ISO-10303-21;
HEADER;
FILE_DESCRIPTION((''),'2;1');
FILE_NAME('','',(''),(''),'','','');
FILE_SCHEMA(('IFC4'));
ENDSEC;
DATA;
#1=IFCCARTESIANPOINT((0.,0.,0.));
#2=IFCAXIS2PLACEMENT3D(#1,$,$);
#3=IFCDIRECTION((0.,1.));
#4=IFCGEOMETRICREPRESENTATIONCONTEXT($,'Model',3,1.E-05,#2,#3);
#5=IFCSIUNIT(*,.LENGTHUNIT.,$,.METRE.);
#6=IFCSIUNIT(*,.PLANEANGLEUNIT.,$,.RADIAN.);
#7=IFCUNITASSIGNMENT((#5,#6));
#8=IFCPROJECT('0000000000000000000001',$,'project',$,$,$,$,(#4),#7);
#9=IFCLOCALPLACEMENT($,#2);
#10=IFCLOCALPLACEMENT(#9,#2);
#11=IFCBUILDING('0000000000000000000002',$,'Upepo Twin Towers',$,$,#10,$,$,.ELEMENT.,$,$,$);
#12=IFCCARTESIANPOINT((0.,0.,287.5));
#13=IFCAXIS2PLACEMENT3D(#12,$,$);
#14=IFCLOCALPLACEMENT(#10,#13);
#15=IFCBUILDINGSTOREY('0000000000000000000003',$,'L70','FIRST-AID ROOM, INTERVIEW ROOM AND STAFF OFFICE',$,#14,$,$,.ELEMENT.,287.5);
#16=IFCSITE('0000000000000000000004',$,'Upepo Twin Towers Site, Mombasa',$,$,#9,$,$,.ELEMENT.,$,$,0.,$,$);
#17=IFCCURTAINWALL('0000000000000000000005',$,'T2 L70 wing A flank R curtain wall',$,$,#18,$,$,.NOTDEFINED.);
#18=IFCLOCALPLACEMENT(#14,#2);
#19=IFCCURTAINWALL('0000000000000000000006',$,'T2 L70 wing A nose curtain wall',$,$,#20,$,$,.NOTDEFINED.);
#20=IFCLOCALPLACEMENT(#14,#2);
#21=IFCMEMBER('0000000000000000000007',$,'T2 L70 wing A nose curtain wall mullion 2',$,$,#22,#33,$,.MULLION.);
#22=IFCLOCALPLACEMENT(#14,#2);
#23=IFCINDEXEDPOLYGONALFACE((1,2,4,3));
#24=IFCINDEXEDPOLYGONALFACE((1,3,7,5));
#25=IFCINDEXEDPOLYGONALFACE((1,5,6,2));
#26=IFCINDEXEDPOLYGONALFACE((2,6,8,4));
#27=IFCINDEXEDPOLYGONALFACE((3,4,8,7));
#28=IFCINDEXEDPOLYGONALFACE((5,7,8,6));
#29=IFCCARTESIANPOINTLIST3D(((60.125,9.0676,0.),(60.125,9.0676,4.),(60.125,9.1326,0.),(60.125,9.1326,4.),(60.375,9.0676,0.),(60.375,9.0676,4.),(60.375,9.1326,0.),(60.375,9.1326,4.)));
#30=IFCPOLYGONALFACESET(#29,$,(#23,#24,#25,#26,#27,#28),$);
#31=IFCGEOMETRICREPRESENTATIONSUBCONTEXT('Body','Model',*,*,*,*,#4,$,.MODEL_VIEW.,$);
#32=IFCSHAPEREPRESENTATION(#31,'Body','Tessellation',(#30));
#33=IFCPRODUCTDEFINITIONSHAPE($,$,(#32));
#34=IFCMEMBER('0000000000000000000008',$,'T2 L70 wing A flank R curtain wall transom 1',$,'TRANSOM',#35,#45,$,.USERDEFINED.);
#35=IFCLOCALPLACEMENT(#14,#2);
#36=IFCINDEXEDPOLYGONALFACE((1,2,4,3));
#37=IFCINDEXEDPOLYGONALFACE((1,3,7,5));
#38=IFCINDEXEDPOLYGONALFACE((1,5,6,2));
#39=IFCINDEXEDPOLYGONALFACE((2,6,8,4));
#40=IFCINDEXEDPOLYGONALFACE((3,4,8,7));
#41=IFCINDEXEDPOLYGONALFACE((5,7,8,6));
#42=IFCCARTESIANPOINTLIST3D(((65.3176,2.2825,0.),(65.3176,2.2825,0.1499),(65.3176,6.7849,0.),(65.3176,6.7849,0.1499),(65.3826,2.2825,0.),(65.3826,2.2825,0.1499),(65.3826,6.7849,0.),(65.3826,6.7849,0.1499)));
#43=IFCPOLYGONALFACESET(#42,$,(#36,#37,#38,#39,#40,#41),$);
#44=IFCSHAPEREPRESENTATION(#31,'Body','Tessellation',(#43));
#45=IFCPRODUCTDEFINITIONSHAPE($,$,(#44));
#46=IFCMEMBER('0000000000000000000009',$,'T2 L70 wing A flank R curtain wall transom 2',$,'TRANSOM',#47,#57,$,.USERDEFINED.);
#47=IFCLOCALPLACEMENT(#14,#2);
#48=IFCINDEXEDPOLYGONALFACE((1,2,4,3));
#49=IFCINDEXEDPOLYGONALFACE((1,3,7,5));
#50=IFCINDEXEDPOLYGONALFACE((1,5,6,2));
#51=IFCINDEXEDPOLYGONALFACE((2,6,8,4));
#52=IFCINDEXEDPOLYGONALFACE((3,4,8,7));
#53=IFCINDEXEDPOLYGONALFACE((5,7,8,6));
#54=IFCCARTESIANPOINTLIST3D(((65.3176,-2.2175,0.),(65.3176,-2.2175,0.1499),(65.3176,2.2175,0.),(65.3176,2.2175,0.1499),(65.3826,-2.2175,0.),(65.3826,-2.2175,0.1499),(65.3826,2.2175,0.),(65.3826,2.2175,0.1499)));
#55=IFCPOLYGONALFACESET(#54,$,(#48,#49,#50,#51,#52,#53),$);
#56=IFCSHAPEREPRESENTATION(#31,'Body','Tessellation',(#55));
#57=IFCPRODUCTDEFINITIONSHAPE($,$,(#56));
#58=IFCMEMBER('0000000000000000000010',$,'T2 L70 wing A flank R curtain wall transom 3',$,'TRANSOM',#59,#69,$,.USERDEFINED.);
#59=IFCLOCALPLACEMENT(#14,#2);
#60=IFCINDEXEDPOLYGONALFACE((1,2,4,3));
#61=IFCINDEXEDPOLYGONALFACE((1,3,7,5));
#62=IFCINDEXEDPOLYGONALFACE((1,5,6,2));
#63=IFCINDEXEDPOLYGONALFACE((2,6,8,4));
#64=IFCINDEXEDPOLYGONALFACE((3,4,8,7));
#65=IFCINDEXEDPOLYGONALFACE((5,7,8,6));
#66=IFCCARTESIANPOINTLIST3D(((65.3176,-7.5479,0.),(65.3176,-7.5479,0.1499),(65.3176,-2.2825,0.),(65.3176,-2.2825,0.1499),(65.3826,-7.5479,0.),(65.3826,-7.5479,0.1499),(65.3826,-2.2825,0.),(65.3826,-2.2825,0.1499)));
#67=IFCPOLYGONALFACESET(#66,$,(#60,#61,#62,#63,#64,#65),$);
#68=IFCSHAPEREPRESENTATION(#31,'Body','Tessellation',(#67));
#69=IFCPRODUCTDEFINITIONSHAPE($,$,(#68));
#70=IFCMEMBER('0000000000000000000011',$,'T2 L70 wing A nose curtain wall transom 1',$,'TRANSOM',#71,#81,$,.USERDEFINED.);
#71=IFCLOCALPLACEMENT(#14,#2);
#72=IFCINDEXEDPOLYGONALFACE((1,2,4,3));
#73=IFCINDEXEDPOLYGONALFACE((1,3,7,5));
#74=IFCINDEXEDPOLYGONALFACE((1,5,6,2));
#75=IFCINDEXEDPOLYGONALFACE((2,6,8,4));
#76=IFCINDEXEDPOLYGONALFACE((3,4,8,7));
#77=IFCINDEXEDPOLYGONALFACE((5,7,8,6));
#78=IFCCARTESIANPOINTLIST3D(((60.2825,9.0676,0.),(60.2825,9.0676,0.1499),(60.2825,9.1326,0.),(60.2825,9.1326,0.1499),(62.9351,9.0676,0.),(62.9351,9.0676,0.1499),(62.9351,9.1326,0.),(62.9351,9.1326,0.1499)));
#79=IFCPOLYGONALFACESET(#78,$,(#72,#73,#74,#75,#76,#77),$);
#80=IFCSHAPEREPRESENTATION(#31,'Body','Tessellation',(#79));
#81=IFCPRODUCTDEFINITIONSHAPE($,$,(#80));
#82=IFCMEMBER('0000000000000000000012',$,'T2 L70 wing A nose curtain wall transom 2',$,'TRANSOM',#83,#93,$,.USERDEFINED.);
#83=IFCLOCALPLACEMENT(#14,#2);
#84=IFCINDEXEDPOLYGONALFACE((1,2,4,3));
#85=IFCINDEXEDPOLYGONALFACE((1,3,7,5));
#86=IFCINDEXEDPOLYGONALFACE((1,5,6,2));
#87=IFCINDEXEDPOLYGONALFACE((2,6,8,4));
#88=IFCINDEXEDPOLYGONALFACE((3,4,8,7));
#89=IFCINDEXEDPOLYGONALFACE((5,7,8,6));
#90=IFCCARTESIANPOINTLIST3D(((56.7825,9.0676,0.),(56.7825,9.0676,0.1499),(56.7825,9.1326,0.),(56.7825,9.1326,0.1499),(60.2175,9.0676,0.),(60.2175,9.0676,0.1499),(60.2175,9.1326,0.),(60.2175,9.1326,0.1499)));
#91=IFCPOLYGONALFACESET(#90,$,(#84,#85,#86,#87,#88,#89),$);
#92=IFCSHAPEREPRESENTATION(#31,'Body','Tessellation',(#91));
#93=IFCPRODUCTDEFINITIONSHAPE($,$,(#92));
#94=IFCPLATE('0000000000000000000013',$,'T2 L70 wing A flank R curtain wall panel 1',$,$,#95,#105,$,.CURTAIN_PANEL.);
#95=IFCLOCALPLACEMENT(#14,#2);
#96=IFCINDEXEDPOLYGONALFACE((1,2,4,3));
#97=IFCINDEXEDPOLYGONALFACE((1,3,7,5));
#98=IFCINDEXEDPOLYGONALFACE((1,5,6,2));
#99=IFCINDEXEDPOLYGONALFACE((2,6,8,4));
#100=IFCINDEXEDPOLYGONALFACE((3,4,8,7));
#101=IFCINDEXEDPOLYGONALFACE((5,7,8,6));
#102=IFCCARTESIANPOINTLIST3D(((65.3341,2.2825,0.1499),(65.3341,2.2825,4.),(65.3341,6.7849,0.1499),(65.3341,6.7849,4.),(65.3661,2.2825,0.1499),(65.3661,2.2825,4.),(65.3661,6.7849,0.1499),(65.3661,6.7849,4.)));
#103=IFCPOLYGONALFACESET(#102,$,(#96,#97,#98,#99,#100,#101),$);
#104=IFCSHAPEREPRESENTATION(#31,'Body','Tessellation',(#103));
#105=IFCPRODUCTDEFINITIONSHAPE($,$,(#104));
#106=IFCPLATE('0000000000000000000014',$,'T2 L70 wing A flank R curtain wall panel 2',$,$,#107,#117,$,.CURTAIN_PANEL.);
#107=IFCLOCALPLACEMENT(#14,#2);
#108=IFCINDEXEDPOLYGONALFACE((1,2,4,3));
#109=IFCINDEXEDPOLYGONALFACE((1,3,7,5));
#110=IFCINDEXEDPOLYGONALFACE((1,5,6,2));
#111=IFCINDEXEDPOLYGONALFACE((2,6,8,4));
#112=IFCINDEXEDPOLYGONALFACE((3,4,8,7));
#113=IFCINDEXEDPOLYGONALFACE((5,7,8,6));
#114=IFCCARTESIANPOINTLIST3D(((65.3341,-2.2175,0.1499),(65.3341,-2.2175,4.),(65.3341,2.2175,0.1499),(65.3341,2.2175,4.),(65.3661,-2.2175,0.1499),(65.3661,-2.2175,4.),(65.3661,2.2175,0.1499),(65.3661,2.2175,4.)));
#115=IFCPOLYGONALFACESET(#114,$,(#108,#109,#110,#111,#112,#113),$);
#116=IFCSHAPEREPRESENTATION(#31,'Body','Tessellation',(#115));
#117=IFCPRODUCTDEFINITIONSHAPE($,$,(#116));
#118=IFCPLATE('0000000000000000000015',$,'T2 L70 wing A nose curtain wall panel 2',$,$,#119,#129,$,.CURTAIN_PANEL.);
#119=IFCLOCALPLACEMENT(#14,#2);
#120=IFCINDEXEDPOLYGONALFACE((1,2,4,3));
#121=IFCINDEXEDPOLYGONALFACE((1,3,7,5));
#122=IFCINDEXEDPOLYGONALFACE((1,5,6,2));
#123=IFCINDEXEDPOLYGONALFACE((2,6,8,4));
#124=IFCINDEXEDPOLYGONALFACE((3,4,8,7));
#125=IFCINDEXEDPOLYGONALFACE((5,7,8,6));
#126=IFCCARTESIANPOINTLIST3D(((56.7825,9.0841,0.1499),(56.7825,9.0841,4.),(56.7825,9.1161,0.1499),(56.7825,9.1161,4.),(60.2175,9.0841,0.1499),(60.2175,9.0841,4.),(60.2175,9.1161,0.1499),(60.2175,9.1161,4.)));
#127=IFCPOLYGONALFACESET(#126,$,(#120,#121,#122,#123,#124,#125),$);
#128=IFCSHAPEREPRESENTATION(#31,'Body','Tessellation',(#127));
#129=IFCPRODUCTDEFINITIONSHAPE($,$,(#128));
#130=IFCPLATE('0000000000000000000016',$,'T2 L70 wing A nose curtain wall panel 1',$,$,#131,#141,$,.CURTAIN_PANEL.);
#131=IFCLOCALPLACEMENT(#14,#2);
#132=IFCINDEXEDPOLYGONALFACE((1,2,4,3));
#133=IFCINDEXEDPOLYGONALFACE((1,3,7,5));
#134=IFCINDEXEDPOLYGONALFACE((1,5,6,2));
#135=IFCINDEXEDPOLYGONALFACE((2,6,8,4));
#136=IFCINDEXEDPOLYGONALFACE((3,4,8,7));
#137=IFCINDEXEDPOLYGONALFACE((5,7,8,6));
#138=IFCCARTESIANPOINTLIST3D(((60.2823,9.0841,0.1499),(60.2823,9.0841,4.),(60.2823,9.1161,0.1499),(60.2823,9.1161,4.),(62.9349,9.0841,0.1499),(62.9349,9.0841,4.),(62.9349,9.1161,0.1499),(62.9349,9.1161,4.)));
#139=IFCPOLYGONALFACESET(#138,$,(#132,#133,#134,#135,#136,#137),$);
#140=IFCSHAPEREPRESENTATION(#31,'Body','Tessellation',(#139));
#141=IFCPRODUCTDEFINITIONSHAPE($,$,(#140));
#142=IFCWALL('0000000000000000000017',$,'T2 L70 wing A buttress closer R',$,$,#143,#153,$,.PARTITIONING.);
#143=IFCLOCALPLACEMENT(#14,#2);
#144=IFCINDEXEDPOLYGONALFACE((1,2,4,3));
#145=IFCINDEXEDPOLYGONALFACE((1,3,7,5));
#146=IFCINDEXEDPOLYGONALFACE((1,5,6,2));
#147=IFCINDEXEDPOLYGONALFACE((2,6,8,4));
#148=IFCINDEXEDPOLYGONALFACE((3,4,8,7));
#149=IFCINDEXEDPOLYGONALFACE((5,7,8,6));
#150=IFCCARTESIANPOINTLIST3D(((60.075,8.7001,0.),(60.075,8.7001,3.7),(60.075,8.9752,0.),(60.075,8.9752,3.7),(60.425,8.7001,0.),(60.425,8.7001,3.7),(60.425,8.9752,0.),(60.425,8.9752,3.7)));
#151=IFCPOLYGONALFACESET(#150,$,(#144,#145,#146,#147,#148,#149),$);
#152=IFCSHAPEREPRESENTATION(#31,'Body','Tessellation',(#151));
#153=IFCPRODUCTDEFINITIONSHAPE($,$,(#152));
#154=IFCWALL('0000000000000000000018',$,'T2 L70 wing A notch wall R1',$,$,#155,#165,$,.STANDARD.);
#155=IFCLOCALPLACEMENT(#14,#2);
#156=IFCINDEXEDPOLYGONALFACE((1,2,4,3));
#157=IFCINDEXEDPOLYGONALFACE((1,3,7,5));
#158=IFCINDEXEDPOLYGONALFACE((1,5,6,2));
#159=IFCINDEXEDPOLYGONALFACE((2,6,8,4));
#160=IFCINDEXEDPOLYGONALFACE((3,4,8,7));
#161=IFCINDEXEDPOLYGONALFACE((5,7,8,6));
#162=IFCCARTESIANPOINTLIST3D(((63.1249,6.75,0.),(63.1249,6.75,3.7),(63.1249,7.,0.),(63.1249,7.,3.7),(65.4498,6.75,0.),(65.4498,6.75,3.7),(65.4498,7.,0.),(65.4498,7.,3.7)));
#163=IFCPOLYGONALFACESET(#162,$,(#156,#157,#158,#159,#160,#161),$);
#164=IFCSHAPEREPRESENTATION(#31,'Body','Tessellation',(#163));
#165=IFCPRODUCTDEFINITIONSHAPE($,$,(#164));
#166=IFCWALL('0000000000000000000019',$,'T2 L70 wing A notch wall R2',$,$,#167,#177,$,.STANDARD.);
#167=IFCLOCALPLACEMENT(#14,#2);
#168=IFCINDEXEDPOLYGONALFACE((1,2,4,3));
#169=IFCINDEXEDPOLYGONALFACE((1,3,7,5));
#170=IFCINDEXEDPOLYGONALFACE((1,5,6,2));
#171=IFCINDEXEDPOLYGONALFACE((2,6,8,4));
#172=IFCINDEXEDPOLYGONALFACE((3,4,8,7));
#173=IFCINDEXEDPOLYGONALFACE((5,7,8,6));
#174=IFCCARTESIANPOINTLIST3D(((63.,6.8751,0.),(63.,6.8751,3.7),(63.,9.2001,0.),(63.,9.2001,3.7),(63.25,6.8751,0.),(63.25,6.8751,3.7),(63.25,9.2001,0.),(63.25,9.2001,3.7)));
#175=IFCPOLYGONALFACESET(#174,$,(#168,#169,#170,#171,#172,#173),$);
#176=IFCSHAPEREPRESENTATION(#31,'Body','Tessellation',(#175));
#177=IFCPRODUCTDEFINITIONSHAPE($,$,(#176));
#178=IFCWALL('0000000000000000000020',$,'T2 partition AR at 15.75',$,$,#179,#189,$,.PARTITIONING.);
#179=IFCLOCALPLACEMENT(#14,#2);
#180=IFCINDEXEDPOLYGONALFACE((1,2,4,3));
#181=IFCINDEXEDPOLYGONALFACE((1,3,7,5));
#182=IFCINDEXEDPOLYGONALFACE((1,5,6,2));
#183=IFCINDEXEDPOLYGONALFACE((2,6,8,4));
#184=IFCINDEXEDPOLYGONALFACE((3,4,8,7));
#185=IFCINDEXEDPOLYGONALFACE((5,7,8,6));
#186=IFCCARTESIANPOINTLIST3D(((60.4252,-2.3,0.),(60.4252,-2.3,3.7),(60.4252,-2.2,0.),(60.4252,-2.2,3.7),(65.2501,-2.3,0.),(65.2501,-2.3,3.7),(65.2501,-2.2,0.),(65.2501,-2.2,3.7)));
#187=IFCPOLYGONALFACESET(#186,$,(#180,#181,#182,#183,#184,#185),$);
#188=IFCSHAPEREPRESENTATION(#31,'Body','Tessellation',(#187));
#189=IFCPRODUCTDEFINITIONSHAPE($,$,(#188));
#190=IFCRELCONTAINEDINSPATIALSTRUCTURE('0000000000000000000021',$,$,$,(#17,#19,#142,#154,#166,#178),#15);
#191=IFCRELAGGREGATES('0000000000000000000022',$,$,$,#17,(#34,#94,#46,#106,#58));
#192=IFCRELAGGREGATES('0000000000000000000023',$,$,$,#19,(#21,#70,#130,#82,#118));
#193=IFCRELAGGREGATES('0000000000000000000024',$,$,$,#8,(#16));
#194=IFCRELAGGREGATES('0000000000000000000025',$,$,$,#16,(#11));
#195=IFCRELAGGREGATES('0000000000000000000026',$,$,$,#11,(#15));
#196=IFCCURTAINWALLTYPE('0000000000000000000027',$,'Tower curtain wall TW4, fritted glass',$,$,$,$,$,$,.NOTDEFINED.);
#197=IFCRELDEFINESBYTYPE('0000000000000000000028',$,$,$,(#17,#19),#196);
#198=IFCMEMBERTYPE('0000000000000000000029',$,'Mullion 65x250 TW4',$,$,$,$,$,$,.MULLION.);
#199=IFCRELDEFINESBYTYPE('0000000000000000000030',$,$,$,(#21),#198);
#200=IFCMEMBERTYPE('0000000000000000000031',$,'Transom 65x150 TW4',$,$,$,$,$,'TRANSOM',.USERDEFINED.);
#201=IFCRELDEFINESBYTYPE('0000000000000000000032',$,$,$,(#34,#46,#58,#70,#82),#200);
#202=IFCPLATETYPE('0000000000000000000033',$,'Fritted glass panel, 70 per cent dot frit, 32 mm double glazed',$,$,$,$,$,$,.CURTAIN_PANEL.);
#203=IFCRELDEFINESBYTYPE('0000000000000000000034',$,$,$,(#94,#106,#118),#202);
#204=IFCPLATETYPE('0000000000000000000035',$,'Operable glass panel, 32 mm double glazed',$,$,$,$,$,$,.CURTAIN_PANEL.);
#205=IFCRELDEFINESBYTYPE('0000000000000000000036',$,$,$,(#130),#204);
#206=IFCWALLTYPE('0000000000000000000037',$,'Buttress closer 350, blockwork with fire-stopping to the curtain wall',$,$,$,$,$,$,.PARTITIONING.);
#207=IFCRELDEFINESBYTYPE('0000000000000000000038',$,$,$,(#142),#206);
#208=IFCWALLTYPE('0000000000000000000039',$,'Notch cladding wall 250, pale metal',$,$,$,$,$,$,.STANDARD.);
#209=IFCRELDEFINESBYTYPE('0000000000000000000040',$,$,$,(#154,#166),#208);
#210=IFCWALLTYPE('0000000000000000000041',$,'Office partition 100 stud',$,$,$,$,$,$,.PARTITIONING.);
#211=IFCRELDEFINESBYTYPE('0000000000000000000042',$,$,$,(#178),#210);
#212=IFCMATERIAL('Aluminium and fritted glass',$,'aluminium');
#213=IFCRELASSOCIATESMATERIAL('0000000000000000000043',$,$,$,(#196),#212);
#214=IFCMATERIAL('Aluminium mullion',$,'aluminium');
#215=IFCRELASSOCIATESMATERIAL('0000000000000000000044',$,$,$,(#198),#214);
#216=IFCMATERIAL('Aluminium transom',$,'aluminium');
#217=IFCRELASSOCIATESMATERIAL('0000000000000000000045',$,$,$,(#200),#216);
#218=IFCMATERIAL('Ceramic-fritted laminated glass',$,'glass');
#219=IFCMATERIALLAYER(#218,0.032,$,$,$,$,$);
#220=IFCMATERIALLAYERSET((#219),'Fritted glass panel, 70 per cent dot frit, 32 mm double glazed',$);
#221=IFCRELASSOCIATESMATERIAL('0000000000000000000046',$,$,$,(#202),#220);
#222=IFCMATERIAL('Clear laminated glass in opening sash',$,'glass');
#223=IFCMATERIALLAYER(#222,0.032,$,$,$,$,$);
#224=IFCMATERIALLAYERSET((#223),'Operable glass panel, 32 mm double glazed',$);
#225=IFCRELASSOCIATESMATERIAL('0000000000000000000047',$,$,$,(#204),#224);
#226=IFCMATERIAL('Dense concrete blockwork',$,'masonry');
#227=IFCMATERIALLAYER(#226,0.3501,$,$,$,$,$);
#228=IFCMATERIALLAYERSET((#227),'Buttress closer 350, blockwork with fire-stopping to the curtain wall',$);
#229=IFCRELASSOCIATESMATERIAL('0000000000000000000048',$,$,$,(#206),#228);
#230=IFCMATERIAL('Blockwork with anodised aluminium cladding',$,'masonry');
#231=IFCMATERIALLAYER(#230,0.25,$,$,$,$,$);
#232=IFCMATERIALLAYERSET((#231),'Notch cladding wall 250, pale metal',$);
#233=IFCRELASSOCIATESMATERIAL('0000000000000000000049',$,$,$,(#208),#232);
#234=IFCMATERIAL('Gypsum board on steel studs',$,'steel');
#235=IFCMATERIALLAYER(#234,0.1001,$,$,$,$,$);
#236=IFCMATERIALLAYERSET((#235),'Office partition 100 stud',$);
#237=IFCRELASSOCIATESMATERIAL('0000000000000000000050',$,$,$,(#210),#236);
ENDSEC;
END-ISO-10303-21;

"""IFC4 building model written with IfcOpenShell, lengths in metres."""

from ifc_helpers import new_model, si_unit, direction, frame, frame_2d, origin, origin_2d, place, context, subcontext, project, spatial, rectangle, extrude, material, layer, layer_set, material_profile, profile_set, type_object, element, aggregate, save


model = new_model("IFC4")

# Units and contexts
model_context = context("Model", 3, precision=1e-05, world=origin(), true_north=direction((0.0, 1.0)))
body_context = subcontext(model_context, "Body", "Model", "MODEL_VIEW")
ifc_project = project(units=[si_unit("LENGTHUNIT", "METRE"), si_unit("PLANEANGLEUNIT", "RADIAN")], contexts=[model_context])

# Site, building, storey
site_placement = place(None, origin())
site = spatial("IfcSite", under=ifc_project, at=site_placement, Name="Upepo Twin Towers Site, Mombasa", CompositionType="ELEMENT", RefElevation=0.0)
building_placement = place(site_placement, origin())
building = spatial("IfcBuilding", under=site, at=building_placement, Name="Upepo Twin Towers", CompositionType="ELEMENT")
storey_placement = place(building_placement, frame((0.0, 0.0, 287.5)))
storey = spatial("IfcBuildingStorey", under=building, at=storey_placement, Name="L70", Description="FIRST-AID ROOM, INTERVIEW ROOM AND STAFF OFFICE", CompositionType="ELEMENT", Elevation=287.5)

# Curtain walls, member
ifc_material_1 = material(Name="Aluminium and fritted glass", Category="aluminium")
curtain_wall_type = type_object("IfcCurtainWallType", Name="Tower curtain wall TW4, fritted glass", PredefinedType="NOTDEFINED", material=ifc_material_1)
curtain_wall_1_placement = place(storey_placement, origin())
curtain_wall_1 = element("IfcCurtainWall", 1, at=curtain_wall_1_placement, inside=storey, type_object=curtain_wall_type, Name="T2 L70 wing A flank R curtain wall", PredefinedType="NOTDEFINED")
ifc_material_2 = material(Name="Aluminium mullion", Category="aluminium")
ifc_material_profile_1 = material_profile(ifc_material_2, rectangle(XDim=0.0649, YDim=0.25, at=origin_2d()), Name="MULLION 65x250")
ifc_profile_set_1 = profile_set([ifc_material_profile_1], Name="Aluminium mullion")
member_type_1 = type_object("IfcMemberType", Name="Mullion 65x250 TW4", PredefinedType="MULLION", material=ifc_profile_set_1)
curtain_wall_2_placement = place(storey_placement, origin())
curtain_wall_2 = element("IfcCurtainWall", 2, at=curtain_wall_2_placement, inside=storey, type_object=curtain_wall_type, Name="T2 L70 wing A nose curtain wall", PredefinedType="NOTDEFINED")
member_1_placement = place(storey_placement, frame((60.25, 9.1001, 0.0), z_axis=(0.0, 0.0, 1.0), x_axis=(0.0, -1.0, 0.0)))
member_1 = element("IfcMember", 3, at=member_1_placement, type_object=member_type_1, Name="T2 L70 wing A nose curtain wall mullion 2", PredefinedType="MULLION", context=body_context, shape_type="SweptSolid", body=[
    extrude(rectangle(XDim=0.0649, YDim=0.25, at=origin_2d()), origin(), (0.0, 0.0, 1.0), 4.0),
])

# Members
ifc_material_3 = material(Name="Aluminium transom", Category="aluminium")
ifc_material_profile_2 = material_profile(ifc_material_3, rectangle(XDim=0.0649, YDim=0.1499, at=origin_2d()), Name="TRANSOM 65x150")
ifc_profile_set_2 = profile_set([ifc_material_profile_2], Name="Aluminium transom")
member_type_2 = type_object("IfcMemberType", Name="Transom 65x150 TW4", ElementType="TRANSOM", PredefinedType="USERDEFINED", material=ifc_profile_set_2)
member_2_placement = place(storey_placement, frame((65.3501, 6.7849, 0.075), z_axis=(0.0, -1.0, 0.0), x_axis=(1.0, 0.0, 0.0)))
member_2 = element("IfcMember", 4, at=member_2_placement, type_object=member_type_2, Name="T2 L70 wing A flank R curtain wall transom 1", ObjectType="TRANSOM", PredefinedType="USERDEFINED", context=body_context, shape_type="SweptSolid", body=[
    extrude(rectangle(XDim=0.0649, YDim=0.1499, at=origin_2d()), origin(), (0.0, 0.0, 1.0), 4.5024),
])
member_3_placement = place(storey_placement, frame((65.3501, 2.2175, 0.075), z_axis=(0.0, -1.0, 0.0), x_axis=(1.0, 0.0, 0.0)))
member_3 = element("IfcMember", 5, at=member_3_placement, type_object=member_type_2, Name="T2 L70 wing A flank R curtain wall transom 2", ObjectType="TRANSOM", PredefinedType="USERDEFINED", context=body_context, shape_type="SweptSolid", body=[
    extrude(rectangle(XDim=0.0649, YDim=0.1499, at=origin_2d()), origin(), (0.0, 0.0, 1.0), 4.4351),
])
member_4_placement = place(storey_placement, frame((65.3501, -2.2825, 0.075), z_axis=(0.0, -1.0, 0.0), x_axis=(1.0, 0.0, 0.0)))
member_4 = element("IfcMember", 6, at=member_4_placement, type_object=member_type_2, Name="T2 L70 wing A flank R curtain wall transom 3", ObjectType="TRANSOM", PredefinedType="USERDEFINED", context=body_context, shape_type="SweptSolid", body=[
    extrude(rectangle(XDim=0.0649, YDim=0.1499, at=origin_2d()), origin(), (0.0, 0.0, 1.0), 5.2654),
])
member_5_placement = place(storey_placement, frame((62.9351, 9.1001, 0.075), z_axis=(-1.0, 0.0, 0.0), x_axis=(0.0, -1.0, 0.0)))
member_5 = element("IfcMember", 7, at=member_5_placement, type_object=member_type_2, Name="T2 L70 wing A nose curtain wall transom 1", ObjectType="TRANSOM", PredefinedType="USERDEFINED", context=body_context, shape_type="SweptSolid", body=[
    extrude(rectangle(XDim=0.0649, YDim=0.1499, at=origin_2d()), origin(), (0.0, 0.0, 1.0), 2.6526),
])
member_6_placement = place(storey_placement, frame((60.2175, 9.1001, 0.075), z_axis=(-1.0, 0.0, 0.0), x_axis=(0.0, -1.0, 0.0)))
member_6 = element("IfcMember", 8, at=member_6_placement, type_object=member_type_2, Name="T2 L70 wing A nose curtain wall transom 2", ObjectType="TRANSOM", PredefinedType="USERDEFINED", context=body_context, shape_type="SweptSolid", body=[
    extrude(rectangle(XDim=0.0649, YDim=0.1499, at=origin_2d()), origin(), (0.0, 0.0, 1.0), 3.4351),
])

# Plates
ifc_material_4 = material(Name="Ceramic-fritted laminated glass", Category="glass")
ifc_layer_1 = layer(ifc_material_4, 0.032)
ifc_layer_set_1 = layer_set([ifc_layer_1], Name="Fritted glass panel, 70 per cent dot frit, 32 mm double glazed")
plate_type_1 = type_object("IfcPlateType", Name="Fritted glass panel, 70 per cent dot frit, 32 mm double glazed", PredefinedType="CURTAIN_PANEL", material=ifc_layer_set_1)
plate_1_placement = place(storey_placement, frame((65.3501, 4.5337, 0.1499), z_axis=(0.0, 0.0, 1.0), x_axis=(0.0, -1.0, 0.0)))
plate_1 = element("IfcPlate", 9, at=plate_1_placement, type_object=plate_type_1, Name="T2 L70 wing A flank R curtain wall panel 1", PredefinedType="CURTAIN_PANEL", context=body_context, shape_type="SweptSolid", body=[
    extrude(rectangle(XDim=4.5024, YDim=0.032, at=origin_2d()), origin(), (0.0, 0.0, 1.0), 3.8501),
])
plate_2_placement = place(storey_placement, frame((65.3501, 0.0, 0.1499), z_axis=(0.0, 0.0, 1.0), x_axis=(0.0, -1.0, 0.0)))
plate_2 = element("IfcPlate", 10, at=plate_2_placement, type_object=plate_type_1, Name="T2 L70 wing A flank R curtain wall panel 2", PredefinedType="CURTAIN_PANEL", context=body_context, shape_type="SweptSolid", body=[
    extrude(rectangle(XDim=4.4351, YDim=0.032, at=origin_2d()), origin(), (0.0, 0.0, 1.0), 3.8501),
])
aggregate(curtain_wall_1, [member_2, plate_1, member_3, plate_2, member_4])
plate_3_placement = place(storey_placement, frame((58.5, 9.1001, 0.1499), z_axis=(0.0, 0.0, 1.0), x_axis=(-1.0, 0.0, 0.0)))
plate_3 = element("IfcPlate", 11, at=plate_3_placement, type_object=plate_type_1, Name="T2 L70 wing A nose curtain wall panel 2", PredefinedType="CURTAIN_PANEL", context=body_context, shape_type="SweptSolid", body=[
    extrude(rectangle(XDim=3.4351, YDim=0.032, at=origin_2d()), origin(), (0.0, 0.0, 1.0), 3.8501),
])
ifc_material_5 = material(Name="Clear laminated glass in opening sash", Category="glass")
ifc_layer_2 = layer(ifc_material_5, 0.032)
ifc_layer_set_2 = layer_set([ifc_layer_2], Name="Operable glass panel, 32 mm double glazed")
plate_type_2 = type_object("IfcPlateType", Name="Operable glass panel, 32 mm double glazed", PredefinedType="CURTAIN_PANEL", material=ifc_layer_set_2)
plate_4_placement = place(storey_placement, frame((61.6086, 9.1001, 0.1499), z_axis=(0.0, 0.0, 1.0), x_axis=(-1.0, 0.0, 0.0)))
plate_4 = element("IfcPlate", 12, at=plate_4_placement, type_object=plate_type_2, Name="T2 L70 wing A nose curtain wall panel 1", PredefinedType="CURTAIN_PANEL", context=body_context, shape_type="SweptSolid", body=[
    extrude(rectangle(XDim=2.6526, YDim=0.032, at=origin_2d()), origin(), (0.0, 0.0, 1.0), 3.8501),
])
aggregate(curtain_wall_2, [member_1, member_5, plate_4, member_6, plate_3])

# Walls
ifc_material_6 = material(Name="Dense concrete blockwork", Category="masonry")
ifc_layer_3 = layer(ifc_material_6, 0.3501)
ifc_layer_set_3 = layer_set([ifc_layer_3], Name="Buttress closer 350, blockwork with fire-stopping to the curtain wall")
wall_type_1 = type_object("IfcWallType", Name="Buttress closer 350, blockwork with fire-stopping to the curtain wall", PredefinedType="PARTITIONING", material=ifc_layer_set_3)
wall_1_placement = place(storey_placement, frame((60.25, 8.7, 0.0), z_axis=(0.0, 0.0, 1.0), x_axis=(0.0, 1.0, 0.0)))
element("IfcWall", 13, at=wall_1_placement, inside=storey, type_object=wall_type_1, Name="T2 L70 wing A buttress closer R", PredefinedType="PARTITIONING", context=body_context, shape_type="SweptSolid", body=[
    extrude(rectangle(XDim=0.2751, YDim=0.3501, at=frame_2d((0.1377, 0.0))), origin(), (0.0, 0.0, 1.0), 3.7),
])
ifc_material_7 = material(Name="Blockwork with anodised aluminium cladding", Category="masonry")
ifc_layer_4 = layer(ifc_material_7, 0.25)
ifc_layer_set_4 = layer_set([ifc_layer_4], Name="Notch cladding wall 250, pale metal")
wall_type_2 = type_object("IfcWallType", Name="Notch cladding wall 250, pale metal", PredefinedType="STANDARD", material=ifc_layer_set_4)
for number, where, z_axis, x_axis, name in (
    (14, (65.45, 6.875, 0.0), (0.0, 0.0, 1.0), (-1.0, 0.0, 0.0), "T2 L70 wing A notch wall R1"),
    (15, (63.125, 6.875, 0.0), (0.0, 0.0, 1.0), (0.0, 1.0, 0.0), "T2 L70 wing A notch wall R2"),
):
    element("IfcWall", number, at=place(storey_placement, frame(where, z_axis=z_axis, x_axis=x_axis)), inside=storey, type_object=wall_type_2, Name=name, PredefinedType="STANDARD", context=body_context, shape_type="SweptSolid", body=[
        extrude(rectangle(XDim=2.325, YDim=0.25, at=frame_2d((1.1626, 0.0))), origin(), (0.0, 0.0, 1.0), 3.7),
    ])
ifc_material_8 = material(Name="Gypsum board on steel studs", Category="steel")
ifc_layer_5 = layer(ifc_material_8, 0.1001)
ifc_layer_set_5 = layer_set([ifc_layer_5], Name="Office partition 100 stud")
wall_type_3 = type_object("IfcWallType", Name="Office partition 100 stud", PredefinedType="PARTITIONING", material=ifc_layer_set_5)
for number, where, z_axis, x_axis, name in (
    (16, (60.425, -2.25, 0.0), (0.0, 0.0, 1.0), (1.0, 0.0, 0.0), "T2 partition AR at 15.75"),
):
    element("IfcWall", number, at=place(storey_placement, frame(where, z_axis=z_axis, x_axis=x_axis)), inside=storey, type_object=wall_type_3, Name=name, PredefinedType="PARTITIONING", context=body_context, shape_type="SweptSolid", body=[
        extrude(rectangle(XDim=4.825, YDim=0.1001, at=frame_2d((2.4126, 0.0))), origin(), (0.0, 0.0, 1.0), 3.7),
    ])

save(model, "model.ifc")
